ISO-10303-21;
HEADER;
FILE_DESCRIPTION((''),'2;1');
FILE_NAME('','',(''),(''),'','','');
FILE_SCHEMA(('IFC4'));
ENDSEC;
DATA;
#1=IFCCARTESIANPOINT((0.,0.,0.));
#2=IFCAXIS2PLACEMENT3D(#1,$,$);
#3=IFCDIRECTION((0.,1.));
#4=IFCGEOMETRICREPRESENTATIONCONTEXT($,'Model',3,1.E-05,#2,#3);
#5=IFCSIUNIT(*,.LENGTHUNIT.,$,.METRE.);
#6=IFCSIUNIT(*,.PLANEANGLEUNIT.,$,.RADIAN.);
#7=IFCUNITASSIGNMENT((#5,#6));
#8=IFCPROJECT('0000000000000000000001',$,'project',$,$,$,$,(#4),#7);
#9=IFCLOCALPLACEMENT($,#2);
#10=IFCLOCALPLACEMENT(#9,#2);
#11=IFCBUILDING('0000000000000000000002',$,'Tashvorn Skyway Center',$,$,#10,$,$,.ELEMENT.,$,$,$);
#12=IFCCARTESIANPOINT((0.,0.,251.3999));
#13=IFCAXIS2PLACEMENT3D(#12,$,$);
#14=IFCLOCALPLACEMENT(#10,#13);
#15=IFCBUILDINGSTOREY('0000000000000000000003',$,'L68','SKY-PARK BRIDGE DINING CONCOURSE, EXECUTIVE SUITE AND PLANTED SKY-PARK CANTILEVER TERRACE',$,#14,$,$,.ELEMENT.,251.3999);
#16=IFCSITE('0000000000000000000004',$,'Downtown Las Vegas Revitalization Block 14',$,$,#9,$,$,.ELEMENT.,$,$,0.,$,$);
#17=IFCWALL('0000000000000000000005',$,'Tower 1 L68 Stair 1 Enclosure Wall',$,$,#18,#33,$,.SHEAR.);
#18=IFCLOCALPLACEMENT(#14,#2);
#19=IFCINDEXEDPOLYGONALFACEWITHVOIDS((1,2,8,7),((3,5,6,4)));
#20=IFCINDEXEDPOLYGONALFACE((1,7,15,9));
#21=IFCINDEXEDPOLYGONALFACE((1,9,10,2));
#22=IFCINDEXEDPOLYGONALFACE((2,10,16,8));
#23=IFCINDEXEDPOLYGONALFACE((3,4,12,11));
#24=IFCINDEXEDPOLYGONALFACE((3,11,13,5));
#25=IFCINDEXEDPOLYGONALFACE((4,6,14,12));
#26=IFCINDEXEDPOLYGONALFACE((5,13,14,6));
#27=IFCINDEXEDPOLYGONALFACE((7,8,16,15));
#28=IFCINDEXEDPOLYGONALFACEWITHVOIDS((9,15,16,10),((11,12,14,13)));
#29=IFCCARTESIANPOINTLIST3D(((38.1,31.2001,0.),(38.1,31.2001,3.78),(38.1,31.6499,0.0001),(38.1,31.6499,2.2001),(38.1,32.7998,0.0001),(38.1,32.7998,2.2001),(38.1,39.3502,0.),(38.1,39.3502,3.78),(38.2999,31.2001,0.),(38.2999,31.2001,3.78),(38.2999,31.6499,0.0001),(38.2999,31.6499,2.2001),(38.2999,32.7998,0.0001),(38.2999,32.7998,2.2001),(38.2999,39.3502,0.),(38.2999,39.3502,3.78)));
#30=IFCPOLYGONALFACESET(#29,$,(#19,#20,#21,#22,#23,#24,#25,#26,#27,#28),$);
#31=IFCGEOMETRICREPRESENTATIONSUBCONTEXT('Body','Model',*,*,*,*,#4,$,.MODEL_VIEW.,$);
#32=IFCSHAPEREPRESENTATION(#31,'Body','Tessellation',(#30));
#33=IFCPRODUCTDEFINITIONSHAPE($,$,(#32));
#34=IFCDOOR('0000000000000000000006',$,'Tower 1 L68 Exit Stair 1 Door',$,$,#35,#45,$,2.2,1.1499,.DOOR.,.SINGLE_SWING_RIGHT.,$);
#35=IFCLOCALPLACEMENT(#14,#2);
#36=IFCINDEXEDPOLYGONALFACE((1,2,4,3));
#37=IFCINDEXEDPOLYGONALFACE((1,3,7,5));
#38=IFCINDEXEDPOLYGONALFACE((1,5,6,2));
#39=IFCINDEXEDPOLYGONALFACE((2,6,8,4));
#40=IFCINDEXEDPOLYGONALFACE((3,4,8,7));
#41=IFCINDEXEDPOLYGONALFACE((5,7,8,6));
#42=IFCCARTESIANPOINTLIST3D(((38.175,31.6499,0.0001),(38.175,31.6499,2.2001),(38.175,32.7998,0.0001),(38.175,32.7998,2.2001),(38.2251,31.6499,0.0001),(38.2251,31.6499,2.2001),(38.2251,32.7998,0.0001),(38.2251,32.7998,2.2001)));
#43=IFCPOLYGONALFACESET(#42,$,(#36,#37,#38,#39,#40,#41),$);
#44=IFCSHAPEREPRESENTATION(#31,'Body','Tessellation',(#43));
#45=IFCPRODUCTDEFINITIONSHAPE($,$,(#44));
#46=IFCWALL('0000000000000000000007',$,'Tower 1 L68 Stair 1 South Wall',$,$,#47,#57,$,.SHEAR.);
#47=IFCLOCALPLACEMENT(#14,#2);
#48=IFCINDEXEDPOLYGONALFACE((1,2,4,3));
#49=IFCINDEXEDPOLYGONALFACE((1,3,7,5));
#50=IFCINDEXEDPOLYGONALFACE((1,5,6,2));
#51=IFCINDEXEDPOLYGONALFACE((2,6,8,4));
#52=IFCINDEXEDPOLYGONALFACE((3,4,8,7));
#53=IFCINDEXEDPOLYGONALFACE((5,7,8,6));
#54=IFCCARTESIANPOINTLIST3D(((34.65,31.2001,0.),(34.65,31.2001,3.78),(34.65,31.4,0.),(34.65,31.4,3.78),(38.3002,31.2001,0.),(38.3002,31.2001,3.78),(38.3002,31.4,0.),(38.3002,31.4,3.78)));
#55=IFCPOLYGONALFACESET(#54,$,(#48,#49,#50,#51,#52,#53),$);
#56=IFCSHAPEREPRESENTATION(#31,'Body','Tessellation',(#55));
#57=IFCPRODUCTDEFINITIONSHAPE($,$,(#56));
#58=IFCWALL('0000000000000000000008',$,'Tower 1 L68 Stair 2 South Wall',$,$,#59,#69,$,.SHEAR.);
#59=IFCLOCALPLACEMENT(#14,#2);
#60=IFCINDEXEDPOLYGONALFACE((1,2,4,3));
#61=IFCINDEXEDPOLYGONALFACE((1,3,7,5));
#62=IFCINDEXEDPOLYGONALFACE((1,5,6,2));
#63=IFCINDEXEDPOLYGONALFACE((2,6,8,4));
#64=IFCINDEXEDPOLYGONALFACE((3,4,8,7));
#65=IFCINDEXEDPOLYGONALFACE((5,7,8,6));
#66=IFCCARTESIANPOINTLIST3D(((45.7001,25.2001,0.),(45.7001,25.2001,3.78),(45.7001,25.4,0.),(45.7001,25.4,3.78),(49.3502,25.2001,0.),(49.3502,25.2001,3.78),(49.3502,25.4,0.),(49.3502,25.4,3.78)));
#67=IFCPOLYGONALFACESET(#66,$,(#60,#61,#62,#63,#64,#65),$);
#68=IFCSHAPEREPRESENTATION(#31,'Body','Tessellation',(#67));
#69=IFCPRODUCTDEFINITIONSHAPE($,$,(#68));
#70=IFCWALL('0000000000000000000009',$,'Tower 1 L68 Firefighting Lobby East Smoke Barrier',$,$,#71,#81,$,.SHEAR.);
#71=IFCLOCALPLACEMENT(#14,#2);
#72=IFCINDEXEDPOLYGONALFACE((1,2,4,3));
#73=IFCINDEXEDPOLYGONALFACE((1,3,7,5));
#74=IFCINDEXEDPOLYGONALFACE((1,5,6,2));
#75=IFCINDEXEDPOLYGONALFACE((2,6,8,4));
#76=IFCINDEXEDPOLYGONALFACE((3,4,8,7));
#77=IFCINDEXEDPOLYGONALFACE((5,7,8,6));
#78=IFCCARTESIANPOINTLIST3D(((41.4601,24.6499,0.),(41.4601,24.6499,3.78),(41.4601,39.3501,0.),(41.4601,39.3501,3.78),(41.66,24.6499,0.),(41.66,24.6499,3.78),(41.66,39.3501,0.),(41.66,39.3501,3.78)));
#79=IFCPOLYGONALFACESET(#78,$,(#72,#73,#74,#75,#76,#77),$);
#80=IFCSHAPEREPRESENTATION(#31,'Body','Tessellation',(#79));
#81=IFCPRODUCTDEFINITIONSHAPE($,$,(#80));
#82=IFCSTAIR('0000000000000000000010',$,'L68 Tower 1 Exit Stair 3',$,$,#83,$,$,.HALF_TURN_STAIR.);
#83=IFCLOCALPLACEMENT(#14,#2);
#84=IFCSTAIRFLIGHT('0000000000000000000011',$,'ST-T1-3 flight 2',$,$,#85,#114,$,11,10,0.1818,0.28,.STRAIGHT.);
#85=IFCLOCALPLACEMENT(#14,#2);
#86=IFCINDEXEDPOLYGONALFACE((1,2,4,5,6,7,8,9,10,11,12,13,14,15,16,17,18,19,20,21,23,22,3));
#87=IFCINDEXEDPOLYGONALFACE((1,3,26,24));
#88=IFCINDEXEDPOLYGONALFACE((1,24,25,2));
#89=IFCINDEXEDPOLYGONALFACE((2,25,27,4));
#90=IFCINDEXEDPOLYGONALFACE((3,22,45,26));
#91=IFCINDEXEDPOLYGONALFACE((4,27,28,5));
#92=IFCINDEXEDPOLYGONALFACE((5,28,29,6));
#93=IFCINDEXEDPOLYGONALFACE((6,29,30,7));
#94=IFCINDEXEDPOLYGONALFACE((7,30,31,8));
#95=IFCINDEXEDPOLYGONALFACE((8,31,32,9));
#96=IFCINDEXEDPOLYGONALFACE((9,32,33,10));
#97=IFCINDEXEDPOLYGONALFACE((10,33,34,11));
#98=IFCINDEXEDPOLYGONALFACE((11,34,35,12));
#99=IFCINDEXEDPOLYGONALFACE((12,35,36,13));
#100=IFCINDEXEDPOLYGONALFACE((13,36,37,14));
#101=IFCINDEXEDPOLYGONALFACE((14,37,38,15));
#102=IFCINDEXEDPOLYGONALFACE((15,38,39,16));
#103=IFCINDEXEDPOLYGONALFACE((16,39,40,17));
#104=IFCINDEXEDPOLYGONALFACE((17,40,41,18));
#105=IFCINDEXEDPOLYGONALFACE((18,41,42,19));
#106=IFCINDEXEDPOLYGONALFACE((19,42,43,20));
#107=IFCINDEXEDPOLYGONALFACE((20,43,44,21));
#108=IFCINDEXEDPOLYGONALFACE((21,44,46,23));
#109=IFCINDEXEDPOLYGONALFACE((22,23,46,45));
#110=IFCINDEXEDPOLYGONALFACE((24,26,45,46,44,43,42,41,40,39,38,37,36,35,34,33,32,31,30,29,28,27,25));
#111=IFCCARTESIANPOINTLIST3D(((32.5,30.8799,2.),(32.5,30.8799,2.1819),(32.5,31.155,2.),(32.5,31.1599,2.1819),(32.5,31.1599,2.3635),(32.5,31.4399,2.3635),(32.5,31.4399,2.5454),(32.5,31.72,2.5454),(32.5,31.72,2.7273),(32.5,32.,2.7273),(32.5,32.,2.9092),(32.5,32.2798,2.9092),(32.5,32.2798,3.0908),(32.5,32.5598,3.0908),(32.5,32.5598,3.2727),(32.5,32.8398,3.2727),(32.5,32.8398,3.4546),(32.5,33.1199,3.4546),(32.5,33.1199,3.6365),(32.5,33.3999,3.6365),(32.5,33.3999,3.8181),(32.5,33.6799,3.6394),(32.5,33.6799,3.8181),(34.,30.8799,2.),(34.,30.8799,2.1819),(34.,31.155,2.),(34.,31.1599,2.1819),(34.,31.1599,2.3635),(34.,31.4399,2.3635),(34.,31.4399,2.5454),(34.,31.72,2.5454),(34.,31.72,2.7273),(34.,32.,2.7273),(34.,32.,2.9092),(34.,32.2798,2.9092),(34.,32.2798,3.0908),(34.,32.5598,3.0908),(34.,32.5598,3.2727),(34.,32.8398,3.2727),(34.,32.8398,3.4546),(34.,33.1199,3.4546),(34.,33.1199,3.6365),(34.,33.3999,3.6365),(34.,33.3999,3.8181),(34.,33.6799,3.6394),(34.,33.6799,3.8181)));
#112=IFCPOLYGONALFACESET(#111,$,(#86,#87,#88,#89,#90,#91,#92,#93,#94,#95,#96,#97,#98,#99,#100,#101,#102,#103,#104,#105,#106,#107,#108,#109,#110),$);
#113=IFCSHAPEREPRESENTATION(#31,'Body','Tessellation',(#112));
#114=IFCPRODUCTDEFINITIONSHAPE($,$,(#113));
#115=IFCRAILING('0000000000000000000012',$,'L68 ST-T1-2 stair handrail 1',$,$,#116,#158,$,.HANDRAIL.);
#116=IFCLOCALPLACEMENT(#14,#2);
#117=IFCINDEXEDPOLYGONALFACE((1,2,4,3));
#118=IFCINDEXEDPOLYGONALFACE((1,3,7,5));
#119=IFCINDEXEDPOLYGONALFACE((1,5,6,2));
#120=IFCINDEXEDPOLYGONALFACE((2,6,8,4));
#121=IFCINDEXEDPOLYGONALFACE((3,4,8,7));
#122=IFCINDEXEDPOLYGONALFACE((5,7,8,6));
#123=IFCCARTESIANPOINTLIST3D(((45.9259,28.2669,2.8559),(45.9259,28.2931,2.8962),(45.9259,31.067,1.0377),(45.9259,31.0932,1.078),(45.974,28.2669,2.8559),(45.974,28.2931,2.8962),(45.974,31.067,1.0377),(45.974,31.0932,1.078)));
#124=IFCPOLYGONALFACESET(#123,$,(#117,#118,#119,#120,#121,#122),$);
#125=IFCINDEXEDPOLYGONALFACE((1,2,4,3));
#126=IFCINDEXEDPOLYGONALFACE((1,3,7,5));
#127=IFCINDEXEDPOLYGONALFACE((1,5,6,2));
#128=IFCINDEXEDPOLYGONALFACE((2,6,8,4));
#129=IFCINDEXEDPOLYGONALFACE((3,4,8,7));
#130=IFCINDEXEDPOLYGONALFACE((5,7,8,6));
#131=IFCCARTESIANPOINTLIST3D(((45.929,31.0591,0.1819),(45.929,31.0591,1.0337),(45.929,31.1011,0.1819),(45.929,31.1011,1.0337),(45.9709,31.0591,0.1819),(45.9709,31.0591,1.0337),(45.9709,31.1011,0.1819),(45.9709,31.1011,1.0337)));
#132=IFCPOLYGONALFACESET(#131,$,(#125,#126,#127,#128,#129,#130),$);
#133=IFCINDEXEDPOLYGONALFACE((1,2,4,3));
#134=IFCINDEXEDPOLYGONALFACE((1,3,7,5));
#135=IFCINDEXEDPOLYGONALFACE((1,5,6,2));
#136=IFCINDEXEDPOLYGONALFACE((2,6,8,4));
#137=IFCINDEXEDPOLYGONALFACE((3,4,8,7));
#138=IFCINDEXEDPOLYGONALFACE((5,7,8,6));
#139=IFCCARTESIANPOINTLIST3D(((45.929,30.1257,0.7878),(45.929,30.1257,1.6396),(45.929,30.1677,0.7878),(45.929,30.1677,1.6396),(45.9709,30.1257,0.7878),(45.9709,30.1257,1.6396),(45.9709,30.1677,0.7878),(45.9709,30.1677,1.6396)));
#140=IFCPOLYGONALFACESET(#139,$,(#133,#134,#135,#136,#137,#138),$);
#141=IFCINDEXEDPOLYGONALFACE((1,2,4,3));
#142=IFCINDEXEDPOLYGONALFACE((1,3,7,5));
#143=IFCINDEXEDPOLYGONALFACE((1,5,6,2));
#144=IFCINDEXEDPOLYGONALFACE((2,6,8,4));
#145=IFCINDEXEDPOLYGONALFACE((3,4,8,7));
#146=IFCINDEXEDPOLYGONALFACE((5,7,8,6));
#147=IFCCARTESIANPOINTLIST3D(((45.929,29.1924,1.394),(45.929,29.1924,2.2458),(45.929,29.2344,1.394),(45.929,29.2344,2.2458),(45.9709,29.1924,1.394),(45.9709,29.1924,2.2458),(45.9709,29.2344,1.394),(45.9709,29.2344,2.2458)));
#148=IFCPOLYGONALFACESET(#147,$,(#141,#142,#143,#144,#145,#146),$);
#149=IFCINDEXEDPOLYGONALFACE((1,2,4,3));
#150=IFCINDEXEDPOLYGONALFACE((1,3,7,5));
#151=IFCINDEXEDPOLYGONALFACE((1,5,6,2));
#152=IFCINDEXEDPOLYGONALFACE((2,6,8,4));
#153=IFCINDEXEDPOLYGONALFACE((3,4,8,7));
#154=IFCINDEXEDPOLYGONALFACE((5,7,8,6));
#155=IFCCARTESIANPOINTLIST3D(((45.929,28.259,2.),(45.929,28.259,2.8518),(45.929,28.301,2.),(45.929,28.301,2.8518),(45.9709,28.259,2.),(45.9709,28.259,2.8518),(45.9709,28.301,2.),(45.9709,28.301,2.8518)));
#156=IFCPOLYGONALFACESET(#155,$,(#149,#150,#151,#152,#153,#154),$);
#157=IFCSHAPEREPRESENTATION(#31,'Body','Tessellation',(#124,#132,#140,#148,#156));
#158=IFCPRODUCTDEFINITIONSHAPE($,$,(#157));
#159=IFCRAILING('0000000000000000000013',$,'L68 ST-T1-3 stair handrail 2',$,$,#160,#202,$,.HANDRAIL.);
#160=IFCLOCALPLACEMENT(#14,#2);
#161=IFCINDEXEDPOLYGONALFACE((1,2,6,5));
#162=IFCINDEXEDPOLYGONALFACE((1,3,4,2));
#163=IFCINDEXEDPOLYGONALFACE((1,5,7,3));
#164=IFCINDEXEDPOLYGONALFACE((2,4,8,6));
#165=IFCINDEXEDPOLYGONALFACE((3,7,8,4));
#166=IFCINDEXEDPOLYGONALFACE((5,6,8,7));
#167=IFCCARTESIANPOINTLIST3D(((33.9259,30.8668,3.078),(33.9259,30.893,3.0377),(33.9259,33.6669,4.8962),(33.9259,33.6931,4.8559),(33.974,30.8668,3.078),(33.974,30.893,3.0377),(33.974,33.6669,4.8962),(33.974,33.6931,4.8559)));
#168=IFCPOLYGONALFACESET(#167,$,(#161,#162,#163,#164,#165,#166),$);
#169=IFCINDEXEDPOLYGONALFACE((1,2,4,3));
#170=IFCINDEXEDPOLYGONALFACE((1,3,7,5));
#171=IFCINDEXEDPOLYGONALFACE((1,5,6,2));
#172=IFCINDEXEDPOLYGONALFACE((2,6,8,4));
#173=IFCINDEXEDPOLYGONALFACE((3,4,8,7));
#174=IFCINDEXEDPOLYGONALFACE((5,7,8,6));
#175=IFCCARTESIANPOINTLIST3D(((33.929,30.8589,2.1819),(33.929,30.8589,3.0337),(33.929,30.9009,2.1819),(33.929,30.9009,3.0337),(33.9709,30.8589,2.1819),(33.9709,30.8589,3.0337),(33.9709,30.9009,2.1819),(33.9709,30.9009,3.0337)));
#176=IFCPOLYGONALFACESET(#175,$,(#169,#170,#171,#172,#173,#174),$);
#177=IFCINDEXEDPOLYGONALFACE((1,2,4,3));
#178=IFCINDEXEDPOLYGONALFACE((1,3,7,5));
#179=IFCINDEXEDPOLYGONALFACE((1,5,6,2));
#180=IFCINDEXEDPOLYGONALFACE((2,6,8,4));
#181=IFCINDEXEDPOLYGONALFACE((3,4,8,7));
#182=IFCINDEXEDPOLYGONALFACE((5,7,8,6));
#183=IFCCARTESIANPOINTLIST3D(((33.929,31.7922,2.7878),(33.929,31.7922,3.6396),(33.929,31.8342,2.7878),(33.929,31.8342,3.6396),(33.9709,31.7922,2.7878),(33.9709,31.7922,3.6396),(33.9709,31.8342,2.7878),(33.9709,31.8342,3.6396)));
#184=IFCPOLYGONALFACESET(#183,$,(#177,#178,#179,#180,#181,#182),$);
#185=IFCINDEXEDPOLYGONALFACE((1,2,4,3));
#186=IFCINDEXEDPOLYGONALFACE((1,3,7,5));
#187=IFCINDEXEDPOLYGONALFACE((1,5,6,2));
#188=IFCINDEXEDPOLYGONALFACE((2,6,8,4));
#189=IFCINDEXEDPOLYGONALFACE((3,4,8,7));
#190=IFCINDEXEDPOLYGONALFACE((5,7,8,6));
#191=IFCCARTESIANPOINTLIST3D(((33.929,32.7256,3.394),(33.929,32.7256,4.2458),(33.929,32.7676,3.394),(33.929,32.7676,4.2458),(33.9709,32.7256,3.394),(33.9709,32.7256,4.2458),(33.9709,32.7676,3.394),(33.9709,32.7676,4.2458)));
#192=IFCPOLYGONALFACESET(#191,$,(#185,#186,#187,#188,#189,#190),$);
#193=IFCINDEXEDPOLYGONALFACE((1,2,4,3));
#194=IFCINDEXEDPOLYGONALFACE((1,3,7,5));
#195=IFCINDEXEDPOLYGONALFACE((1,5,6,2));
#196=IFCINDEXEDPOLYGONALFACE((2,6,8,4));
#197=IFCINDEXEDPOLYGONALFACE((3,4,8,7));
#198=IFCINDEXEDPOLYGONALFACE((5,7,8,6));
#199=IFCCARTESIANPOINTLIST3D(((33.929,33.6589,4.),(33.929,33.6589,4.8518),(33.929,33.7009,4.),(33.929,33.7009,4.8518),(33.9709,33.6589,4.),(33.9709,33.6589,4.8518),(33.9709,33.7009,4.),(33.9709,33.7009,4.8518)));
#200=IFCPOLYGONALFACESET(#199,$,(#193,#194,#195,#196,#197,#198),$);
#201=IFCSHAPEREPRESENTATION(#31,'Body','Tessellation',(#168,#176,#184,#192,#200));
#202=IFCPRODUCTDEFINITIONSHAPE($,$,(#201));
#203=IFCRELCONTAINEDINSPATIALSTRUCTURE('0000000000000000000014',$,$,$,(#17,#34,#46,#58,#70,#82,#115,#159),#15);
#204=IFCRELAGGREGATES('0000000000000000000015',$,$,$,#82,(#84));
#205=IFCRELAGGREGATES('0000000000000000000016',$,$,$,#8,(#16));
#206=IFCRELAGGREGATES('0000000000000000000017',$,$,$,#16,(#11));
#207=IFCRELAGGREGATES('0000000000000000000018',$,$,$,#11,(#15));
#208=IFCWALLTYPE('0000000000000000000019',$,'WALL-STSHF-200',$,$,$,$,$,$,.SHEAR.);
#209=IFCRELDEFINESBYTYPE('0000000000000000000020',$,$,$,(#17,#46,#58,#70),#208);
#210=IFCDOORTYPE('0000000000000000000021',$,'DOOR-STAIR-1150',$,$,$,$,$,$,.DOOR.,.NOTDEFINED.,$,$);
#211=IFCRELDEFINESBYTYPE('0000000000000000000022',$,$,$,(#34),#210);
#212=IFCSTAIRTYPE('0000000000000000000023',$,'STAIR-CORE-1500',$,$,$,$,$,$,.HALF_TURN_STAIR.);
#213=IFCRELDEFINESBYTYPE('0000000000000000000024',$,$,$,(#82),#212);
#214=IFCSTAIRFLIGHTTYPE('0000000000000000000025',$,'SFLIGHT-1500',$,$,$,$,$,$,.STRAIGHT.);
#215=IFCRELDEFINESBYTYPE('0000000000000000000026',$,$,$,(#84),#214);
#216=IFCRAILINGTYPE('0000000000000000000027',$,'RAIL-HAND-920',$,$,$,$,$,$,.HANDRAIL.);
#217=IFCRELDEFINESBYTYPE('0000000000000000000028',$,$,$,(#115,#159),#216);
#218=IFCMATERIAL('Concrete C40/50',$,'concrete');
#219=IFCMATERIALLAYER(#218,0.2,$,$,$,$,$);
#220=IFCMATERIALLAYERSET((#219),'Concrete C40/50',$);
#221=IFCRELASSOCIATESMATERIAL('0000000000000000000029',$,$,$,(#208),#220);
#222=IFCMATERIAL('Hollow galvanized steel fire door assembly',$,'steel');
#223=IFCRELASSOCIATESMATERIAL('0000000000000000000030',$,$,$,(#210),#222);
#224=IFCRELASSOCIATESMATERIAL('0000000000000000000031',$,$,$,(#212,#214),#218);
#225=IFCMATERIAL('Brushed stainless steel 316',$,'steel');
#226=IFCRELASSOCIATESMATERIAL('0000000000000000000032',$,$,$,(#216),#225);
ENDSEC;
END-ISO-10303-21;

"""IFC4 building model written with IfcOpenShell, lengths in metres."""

from ifc_helpers import new_model, si_unit, direction, frame, frame_2d, origin, origin_2d, place, context, subcontext, project, spatial, polyline, rectangle, outline, extrude, material, layer, layer_set, type_object, element, fill, aggregate, save


model = new_model("IFC4")

# Units and contexts
model_context = context("Model", 3, precision=1e-05, world=origin(), true_north=direction((0.0, 1.0)))
body_context = subcontext(model_context, "Body", "Model", "MODEL_VIEW")
ifc_project = project(units=[si_unit("LENGTHUNIT", "METRE"), si_unit("PLANEANGLEUNIT", "RADIAN")], contexts=[model_context])

# Site, building, storey
site_placement = place(None, origin())
site = spatial("IfcSite", under=ifc_project, at=site_placement, Name="Downtown Las Vegas Revitalization Block 14", CompositionType="ELEMENT", RefElevation=0.0)
building_placement = place(site_placement, origin())
building = spatial("IfcBuilding", under=site, at=building_placement, Name="Tashvorn Skyway Center", CompositionType="ELEMENT")
storey_placement = place(building_placement, frame((0.0, 0.0, 251.3999)))
storey = spatial("IfcBuildingStorey", under=building, at=storey_placement, Name="L68", Description="SKY-PARK BRIDGE DINING CONCOURSE, EXECUTIVE SUITE AND PLANTED SKY-PARK CANTILEVER TERRACE", CompositionType="ELEMENT", Elevation=251.3999)

# Shared definitions
ifc_material_1 = material(Name="Concrete C40/50", Category="concrete")
ifc_material_2 = material(Name="Hollow galvanized steel fire door assembly", Category="steel")

# Wall, opening, door
ifc_layer_1 = layer(ifc_material_1, 0.2)
ifc_layer_set_1 = layer_set([ifc_layer_1], Name="Concrete C40/50")
wall_type_1 = type_object("IfcWallType", Name="WALL-STSHF-200", PredefinedType="SHEAR", material=ifc_layer_set_1)
wall_1_placement = place(storey_placement, frame((38.2, 31.2, 0.0), z_axis=(0.0, 0.0, 1.0), x_axis=(0.0, 1.0, 0.0)))
wall_1 = element("IfcWall", 1, at=wall_1_placement, inside=storey, type_object=wall_type_1, Name="Tower 1 L68 Stair 1 Enclosure Wall", PredefinedType="SHEAR", context=body_context, shape_type="SweptSolid", body=[
    extrude(rectangle(XDim=8.1501, YDim=0.2, at=frame_2d((4.0752, 0.0))), origin(), (0.0, 0.0, 1.0), 3.78),
])
opening_1_placement = place(wall_1_placement, frame((0.45, 0.0, 0.0)))
opening_1 = element("IfcOpeningElement", 2, at=opening_1_placement, cuts=wall_1, PredefinedType="OPENING", context=body_context, shape_type="SweptSolid", body=[
    extrude(rectangle(XDim=1.1499, YDim=2.2, at=frame_2d((0.575, 1.1001))), frame((0.0, 0.1099, 0.0), z_axis=(0.0, -1.0, 0.0), x_axis=(1.0, 0.0, 0.0)), (0.0, 0.0, 1.0), 0.22),
])
door_type_1 = type_object("IfcDoorType", Name="DOOR-STAIR-1150", OperationType="NOTDEFINED", PredefinedType="DOOR", material=ifc_material_2)
door_1_placement = place(opening_1_placement, origin())
door_1 = element("IfcDoor", 3, at=door_1_placement, inside=storey, type_object=door_type_1, Name="Tower 1 L68 Exit Stair 1 Door", OperationType="SINGLE_SWING_RIGHT", OverallHeight=2.2, OverallWidth=1.1499, PredefinedType="DOOR", context=body_context, shape_type="SweptSolid", body=[
    extrude(rectangle(XDim=1.1499, YDim=2.2, at=frame_2d((0.575, 1.1001))), frame((0.0, 0.0249, 0.0), z_axis=(0.0, -1.0, 0.0), x_axis=(1.0, 0.0, 0.0)), (0.0, 0.0, 1.0), 0.05),
])
fill(opening_1, door_1)

# Walls
for number, where, z_axis, x_axis, name in (
    (4, (34.6499, 31.3, 0.0), (0.0, 0.0, 1.0), (1.0, 0.0, 0.0), "Tower 1 L68 Stair 1 South Wall"),
    (5, (45.7, 25.3, 0.0), (0.0, 0.0, 1.0), (1.0, 0.0, 0.0), "Tower 1 L68 Stair 2 South Wall"),
):
    element("IfcWall", number, at=place(storey_placement, frame(where, z_axis=z_axis, x_axis=x_axis)), inside=storey, type_object=wall_type_1, Name=name, PredefinedType="SHEAR", context=body_context, shape_type="SweptSolid", body=[
        extrude(rectangle(XDim=3.6501, YDim=0.2, at=frame_2d((1.8252, 0.0))), origin(), (0.0, 0.0, 1.0), 3.78),
    ])
wall_2_placement = place(storey_placement, frame((41.5601, 24.6499, 0.0), z_axis=(0.0, 0.0, 1.0), x_axis=(0.0, 1.0, 0.0)))
element("IfcWall", 6, at=wall_2_placement, inside=storey, type_object=wall_type_1, Name="Tower 1 L68 Firefighting Lobby East Smoke Barrier", PredefinedType="SHEAR", context=body_context, shape_type="SweptSolid", body=[
    extrude(rectangle(XDim=14.7002, YDim=0.2, at=frame_2d((7.3501, 0.0))), origin(), (0.0, 0.0, 1.0), 3.78),
])

# Stair, stair flight
stair_type = type_object("IfcStairType", Name="STAIR-CORE-1500", PredefinedType="HALF_TURN_STAIR", material=ifc_material_1)
stair_placement = place(storey_placement, origin())
stair = element("IfcStair", 7, at=stair_placement, inside=storey, type_object=stair_type, Name="L68 Tower 1 Exit Stair 3", PredefinedType="HALF_TURN_STAIR")
stair_flight_type = type_object("IfcStairFlightType", Name="SFLIGHT-1500", PredefinedType="STRAIGHT", material=ifc_material_1)
stair_flight_placement = place(storey_placement, frame((33.25, 30.8799, 2.0), z_axis=(0.0, 0.0, 1.0), x_axis=(0.0, 1.0, 0.0)))
stair_flight = element("IfcStairFlight", 8, at=stair_flight_placement, type_object=stair_flight_type, Name="ST-T1-3 flight 2", NumberOfRisers=11, NumberOfTreads=10, PredefinedType="STRAIGHT", RiserHeight=0.1818, TreadLength=0.28, context=body_context, shape_type="SweptSolid", body=[
    extrude(outline(polyline([(0.0, 0.0), (0.0, 0.1819), (0.28, 0.1819), (0.28, 0.3635), (0.5601, 0.3635), (0.5601, 0.5454), (0.8401, 0.5454), (0.8401, 0.7273), (1.1201, 0.7273), (1.1201, 0.9092), (1.3999, 0.9092), (1.3999, 1.0908), (1.6799, 1.0908), (1.6799, 1.2727), (1.96, 1.2727), (1.96, 1.4546), (2.24, 1.4546), (2.24, 1.6365), (2.52, 1.6365), (2.52, 1.8181), (2.8, 1.8181), (2.8, 2.0), (2.8, 1.6394), (0.2751, 0.0), (0.0, 0.0)])), frame((0.0, 0.75, 0.0), z_axis=(0.0, -1.0, 0.0), x_axis=(1.0, 0.0, 0.0)), (0.0, 0.0, 1.0), 1.5),
])
aggregate(stair, [stair_flight])

# Railings
ifc_material_3 = material(Name="Brushed stainless steel 316", Category="steel")
railing_type_1 = type_object("IfcRailingType", Name="RAIL-HAND-920", PredefinedType="HANDRAIL", material=ifc_material_3)
railing_1_placement = place(storey_placement, frame((45.95, 31.0801, 0.1819)))
element("IfcRailing", 9, at=railing_1_placement, inside=storey, type_object=railing_type_1, Name="L68 ST-T1-2 stair handrail 1", PredefinedType="HANDRAIL", context=body_context, shape_type="SweptSolid", body=[
    extrude(rectangle(XDim=0.0481, YDim=0.0481, at=origin_2d()), frame((0.0, 0.0, 0.876), z_axis=(0.0, -0.838706, 0.544585), x_axis=(1.0, 0.0, 0.0)), (0.0, 0.0, 1.0), 3.3386),
    extrude(rectangle(XDim=0.042, YDim=0.042, at=origin_2d()), origin(), (0.0, 0.0, 1.0), 0.8518),
    extrude(rectangle(XDim=0.042, YDim=0.042, at=origin_2d()), frame((0.0, -0.9333, 0.606)), (0.0, 0.0, 1.0), 0.8518),
    extrude(rectangle(XDim=0.042, YDim=0.042, at=origin_2d()), frame((0.0, -1.8667, 1.2122)), (0.0, 0.0, 1.0), 0.8518),
    extrude(rectangle(XDim=0.042, YDim=0.042, at=origin_2d()), frame((0.0, -2.8, 1.8181)), (0.0, 0.0, 1.0), 0.8518),
])
railing_2_placement = place(storey_placement, frame((33.95, 30.8799, 2.1819)))
element("IfcRailing", 10, at=railing_2_placement, inside=storey, type_object=railing_type_1, Name="L68 ST-T1-3 stair handrail 2", PredefinedType="HANDRAIL", context=body_context, shape_type="SweptSolid", body=[
    extrude(rectangle(XDim=0.0481, YDim=0.0481, at=origin_2d()), frame((0.0, 0.0, 0.876), z_axis=(0.0, 0.838706, 0.544585), x_axis=(-1.0, 0.0, 0.0)), (0.0, 0.0, 1.0), 3.3386),
    extrude(rectangle(XDim=0.042, YDim=0.042, at=origin_2d()), origin(), (0.0, 0.0, 1.0), 0.8518),
    extrude(rectangle(XDim=0.042, YDim=0.042, at=origin_2d()), frame((0.0, 0.9333, 0.606)), (0.0, 0.0, 1.0), 0.8518),
    extrude(rectangle(XDim=0.042, YDim=0.042, at=origin_2d()), frame((0.0, 1.8667, 1.2122)), (0.0, 0.0, 1.0), 0.8518),
    extrude(rectangle(XDim=0.042, YDim=0.042, at=origin_2d()), frame((0.0, 2.8, 1.8181)), (0.0, 0.0, 1.0), 0.8518),
])

save(model, "model.ifc")
